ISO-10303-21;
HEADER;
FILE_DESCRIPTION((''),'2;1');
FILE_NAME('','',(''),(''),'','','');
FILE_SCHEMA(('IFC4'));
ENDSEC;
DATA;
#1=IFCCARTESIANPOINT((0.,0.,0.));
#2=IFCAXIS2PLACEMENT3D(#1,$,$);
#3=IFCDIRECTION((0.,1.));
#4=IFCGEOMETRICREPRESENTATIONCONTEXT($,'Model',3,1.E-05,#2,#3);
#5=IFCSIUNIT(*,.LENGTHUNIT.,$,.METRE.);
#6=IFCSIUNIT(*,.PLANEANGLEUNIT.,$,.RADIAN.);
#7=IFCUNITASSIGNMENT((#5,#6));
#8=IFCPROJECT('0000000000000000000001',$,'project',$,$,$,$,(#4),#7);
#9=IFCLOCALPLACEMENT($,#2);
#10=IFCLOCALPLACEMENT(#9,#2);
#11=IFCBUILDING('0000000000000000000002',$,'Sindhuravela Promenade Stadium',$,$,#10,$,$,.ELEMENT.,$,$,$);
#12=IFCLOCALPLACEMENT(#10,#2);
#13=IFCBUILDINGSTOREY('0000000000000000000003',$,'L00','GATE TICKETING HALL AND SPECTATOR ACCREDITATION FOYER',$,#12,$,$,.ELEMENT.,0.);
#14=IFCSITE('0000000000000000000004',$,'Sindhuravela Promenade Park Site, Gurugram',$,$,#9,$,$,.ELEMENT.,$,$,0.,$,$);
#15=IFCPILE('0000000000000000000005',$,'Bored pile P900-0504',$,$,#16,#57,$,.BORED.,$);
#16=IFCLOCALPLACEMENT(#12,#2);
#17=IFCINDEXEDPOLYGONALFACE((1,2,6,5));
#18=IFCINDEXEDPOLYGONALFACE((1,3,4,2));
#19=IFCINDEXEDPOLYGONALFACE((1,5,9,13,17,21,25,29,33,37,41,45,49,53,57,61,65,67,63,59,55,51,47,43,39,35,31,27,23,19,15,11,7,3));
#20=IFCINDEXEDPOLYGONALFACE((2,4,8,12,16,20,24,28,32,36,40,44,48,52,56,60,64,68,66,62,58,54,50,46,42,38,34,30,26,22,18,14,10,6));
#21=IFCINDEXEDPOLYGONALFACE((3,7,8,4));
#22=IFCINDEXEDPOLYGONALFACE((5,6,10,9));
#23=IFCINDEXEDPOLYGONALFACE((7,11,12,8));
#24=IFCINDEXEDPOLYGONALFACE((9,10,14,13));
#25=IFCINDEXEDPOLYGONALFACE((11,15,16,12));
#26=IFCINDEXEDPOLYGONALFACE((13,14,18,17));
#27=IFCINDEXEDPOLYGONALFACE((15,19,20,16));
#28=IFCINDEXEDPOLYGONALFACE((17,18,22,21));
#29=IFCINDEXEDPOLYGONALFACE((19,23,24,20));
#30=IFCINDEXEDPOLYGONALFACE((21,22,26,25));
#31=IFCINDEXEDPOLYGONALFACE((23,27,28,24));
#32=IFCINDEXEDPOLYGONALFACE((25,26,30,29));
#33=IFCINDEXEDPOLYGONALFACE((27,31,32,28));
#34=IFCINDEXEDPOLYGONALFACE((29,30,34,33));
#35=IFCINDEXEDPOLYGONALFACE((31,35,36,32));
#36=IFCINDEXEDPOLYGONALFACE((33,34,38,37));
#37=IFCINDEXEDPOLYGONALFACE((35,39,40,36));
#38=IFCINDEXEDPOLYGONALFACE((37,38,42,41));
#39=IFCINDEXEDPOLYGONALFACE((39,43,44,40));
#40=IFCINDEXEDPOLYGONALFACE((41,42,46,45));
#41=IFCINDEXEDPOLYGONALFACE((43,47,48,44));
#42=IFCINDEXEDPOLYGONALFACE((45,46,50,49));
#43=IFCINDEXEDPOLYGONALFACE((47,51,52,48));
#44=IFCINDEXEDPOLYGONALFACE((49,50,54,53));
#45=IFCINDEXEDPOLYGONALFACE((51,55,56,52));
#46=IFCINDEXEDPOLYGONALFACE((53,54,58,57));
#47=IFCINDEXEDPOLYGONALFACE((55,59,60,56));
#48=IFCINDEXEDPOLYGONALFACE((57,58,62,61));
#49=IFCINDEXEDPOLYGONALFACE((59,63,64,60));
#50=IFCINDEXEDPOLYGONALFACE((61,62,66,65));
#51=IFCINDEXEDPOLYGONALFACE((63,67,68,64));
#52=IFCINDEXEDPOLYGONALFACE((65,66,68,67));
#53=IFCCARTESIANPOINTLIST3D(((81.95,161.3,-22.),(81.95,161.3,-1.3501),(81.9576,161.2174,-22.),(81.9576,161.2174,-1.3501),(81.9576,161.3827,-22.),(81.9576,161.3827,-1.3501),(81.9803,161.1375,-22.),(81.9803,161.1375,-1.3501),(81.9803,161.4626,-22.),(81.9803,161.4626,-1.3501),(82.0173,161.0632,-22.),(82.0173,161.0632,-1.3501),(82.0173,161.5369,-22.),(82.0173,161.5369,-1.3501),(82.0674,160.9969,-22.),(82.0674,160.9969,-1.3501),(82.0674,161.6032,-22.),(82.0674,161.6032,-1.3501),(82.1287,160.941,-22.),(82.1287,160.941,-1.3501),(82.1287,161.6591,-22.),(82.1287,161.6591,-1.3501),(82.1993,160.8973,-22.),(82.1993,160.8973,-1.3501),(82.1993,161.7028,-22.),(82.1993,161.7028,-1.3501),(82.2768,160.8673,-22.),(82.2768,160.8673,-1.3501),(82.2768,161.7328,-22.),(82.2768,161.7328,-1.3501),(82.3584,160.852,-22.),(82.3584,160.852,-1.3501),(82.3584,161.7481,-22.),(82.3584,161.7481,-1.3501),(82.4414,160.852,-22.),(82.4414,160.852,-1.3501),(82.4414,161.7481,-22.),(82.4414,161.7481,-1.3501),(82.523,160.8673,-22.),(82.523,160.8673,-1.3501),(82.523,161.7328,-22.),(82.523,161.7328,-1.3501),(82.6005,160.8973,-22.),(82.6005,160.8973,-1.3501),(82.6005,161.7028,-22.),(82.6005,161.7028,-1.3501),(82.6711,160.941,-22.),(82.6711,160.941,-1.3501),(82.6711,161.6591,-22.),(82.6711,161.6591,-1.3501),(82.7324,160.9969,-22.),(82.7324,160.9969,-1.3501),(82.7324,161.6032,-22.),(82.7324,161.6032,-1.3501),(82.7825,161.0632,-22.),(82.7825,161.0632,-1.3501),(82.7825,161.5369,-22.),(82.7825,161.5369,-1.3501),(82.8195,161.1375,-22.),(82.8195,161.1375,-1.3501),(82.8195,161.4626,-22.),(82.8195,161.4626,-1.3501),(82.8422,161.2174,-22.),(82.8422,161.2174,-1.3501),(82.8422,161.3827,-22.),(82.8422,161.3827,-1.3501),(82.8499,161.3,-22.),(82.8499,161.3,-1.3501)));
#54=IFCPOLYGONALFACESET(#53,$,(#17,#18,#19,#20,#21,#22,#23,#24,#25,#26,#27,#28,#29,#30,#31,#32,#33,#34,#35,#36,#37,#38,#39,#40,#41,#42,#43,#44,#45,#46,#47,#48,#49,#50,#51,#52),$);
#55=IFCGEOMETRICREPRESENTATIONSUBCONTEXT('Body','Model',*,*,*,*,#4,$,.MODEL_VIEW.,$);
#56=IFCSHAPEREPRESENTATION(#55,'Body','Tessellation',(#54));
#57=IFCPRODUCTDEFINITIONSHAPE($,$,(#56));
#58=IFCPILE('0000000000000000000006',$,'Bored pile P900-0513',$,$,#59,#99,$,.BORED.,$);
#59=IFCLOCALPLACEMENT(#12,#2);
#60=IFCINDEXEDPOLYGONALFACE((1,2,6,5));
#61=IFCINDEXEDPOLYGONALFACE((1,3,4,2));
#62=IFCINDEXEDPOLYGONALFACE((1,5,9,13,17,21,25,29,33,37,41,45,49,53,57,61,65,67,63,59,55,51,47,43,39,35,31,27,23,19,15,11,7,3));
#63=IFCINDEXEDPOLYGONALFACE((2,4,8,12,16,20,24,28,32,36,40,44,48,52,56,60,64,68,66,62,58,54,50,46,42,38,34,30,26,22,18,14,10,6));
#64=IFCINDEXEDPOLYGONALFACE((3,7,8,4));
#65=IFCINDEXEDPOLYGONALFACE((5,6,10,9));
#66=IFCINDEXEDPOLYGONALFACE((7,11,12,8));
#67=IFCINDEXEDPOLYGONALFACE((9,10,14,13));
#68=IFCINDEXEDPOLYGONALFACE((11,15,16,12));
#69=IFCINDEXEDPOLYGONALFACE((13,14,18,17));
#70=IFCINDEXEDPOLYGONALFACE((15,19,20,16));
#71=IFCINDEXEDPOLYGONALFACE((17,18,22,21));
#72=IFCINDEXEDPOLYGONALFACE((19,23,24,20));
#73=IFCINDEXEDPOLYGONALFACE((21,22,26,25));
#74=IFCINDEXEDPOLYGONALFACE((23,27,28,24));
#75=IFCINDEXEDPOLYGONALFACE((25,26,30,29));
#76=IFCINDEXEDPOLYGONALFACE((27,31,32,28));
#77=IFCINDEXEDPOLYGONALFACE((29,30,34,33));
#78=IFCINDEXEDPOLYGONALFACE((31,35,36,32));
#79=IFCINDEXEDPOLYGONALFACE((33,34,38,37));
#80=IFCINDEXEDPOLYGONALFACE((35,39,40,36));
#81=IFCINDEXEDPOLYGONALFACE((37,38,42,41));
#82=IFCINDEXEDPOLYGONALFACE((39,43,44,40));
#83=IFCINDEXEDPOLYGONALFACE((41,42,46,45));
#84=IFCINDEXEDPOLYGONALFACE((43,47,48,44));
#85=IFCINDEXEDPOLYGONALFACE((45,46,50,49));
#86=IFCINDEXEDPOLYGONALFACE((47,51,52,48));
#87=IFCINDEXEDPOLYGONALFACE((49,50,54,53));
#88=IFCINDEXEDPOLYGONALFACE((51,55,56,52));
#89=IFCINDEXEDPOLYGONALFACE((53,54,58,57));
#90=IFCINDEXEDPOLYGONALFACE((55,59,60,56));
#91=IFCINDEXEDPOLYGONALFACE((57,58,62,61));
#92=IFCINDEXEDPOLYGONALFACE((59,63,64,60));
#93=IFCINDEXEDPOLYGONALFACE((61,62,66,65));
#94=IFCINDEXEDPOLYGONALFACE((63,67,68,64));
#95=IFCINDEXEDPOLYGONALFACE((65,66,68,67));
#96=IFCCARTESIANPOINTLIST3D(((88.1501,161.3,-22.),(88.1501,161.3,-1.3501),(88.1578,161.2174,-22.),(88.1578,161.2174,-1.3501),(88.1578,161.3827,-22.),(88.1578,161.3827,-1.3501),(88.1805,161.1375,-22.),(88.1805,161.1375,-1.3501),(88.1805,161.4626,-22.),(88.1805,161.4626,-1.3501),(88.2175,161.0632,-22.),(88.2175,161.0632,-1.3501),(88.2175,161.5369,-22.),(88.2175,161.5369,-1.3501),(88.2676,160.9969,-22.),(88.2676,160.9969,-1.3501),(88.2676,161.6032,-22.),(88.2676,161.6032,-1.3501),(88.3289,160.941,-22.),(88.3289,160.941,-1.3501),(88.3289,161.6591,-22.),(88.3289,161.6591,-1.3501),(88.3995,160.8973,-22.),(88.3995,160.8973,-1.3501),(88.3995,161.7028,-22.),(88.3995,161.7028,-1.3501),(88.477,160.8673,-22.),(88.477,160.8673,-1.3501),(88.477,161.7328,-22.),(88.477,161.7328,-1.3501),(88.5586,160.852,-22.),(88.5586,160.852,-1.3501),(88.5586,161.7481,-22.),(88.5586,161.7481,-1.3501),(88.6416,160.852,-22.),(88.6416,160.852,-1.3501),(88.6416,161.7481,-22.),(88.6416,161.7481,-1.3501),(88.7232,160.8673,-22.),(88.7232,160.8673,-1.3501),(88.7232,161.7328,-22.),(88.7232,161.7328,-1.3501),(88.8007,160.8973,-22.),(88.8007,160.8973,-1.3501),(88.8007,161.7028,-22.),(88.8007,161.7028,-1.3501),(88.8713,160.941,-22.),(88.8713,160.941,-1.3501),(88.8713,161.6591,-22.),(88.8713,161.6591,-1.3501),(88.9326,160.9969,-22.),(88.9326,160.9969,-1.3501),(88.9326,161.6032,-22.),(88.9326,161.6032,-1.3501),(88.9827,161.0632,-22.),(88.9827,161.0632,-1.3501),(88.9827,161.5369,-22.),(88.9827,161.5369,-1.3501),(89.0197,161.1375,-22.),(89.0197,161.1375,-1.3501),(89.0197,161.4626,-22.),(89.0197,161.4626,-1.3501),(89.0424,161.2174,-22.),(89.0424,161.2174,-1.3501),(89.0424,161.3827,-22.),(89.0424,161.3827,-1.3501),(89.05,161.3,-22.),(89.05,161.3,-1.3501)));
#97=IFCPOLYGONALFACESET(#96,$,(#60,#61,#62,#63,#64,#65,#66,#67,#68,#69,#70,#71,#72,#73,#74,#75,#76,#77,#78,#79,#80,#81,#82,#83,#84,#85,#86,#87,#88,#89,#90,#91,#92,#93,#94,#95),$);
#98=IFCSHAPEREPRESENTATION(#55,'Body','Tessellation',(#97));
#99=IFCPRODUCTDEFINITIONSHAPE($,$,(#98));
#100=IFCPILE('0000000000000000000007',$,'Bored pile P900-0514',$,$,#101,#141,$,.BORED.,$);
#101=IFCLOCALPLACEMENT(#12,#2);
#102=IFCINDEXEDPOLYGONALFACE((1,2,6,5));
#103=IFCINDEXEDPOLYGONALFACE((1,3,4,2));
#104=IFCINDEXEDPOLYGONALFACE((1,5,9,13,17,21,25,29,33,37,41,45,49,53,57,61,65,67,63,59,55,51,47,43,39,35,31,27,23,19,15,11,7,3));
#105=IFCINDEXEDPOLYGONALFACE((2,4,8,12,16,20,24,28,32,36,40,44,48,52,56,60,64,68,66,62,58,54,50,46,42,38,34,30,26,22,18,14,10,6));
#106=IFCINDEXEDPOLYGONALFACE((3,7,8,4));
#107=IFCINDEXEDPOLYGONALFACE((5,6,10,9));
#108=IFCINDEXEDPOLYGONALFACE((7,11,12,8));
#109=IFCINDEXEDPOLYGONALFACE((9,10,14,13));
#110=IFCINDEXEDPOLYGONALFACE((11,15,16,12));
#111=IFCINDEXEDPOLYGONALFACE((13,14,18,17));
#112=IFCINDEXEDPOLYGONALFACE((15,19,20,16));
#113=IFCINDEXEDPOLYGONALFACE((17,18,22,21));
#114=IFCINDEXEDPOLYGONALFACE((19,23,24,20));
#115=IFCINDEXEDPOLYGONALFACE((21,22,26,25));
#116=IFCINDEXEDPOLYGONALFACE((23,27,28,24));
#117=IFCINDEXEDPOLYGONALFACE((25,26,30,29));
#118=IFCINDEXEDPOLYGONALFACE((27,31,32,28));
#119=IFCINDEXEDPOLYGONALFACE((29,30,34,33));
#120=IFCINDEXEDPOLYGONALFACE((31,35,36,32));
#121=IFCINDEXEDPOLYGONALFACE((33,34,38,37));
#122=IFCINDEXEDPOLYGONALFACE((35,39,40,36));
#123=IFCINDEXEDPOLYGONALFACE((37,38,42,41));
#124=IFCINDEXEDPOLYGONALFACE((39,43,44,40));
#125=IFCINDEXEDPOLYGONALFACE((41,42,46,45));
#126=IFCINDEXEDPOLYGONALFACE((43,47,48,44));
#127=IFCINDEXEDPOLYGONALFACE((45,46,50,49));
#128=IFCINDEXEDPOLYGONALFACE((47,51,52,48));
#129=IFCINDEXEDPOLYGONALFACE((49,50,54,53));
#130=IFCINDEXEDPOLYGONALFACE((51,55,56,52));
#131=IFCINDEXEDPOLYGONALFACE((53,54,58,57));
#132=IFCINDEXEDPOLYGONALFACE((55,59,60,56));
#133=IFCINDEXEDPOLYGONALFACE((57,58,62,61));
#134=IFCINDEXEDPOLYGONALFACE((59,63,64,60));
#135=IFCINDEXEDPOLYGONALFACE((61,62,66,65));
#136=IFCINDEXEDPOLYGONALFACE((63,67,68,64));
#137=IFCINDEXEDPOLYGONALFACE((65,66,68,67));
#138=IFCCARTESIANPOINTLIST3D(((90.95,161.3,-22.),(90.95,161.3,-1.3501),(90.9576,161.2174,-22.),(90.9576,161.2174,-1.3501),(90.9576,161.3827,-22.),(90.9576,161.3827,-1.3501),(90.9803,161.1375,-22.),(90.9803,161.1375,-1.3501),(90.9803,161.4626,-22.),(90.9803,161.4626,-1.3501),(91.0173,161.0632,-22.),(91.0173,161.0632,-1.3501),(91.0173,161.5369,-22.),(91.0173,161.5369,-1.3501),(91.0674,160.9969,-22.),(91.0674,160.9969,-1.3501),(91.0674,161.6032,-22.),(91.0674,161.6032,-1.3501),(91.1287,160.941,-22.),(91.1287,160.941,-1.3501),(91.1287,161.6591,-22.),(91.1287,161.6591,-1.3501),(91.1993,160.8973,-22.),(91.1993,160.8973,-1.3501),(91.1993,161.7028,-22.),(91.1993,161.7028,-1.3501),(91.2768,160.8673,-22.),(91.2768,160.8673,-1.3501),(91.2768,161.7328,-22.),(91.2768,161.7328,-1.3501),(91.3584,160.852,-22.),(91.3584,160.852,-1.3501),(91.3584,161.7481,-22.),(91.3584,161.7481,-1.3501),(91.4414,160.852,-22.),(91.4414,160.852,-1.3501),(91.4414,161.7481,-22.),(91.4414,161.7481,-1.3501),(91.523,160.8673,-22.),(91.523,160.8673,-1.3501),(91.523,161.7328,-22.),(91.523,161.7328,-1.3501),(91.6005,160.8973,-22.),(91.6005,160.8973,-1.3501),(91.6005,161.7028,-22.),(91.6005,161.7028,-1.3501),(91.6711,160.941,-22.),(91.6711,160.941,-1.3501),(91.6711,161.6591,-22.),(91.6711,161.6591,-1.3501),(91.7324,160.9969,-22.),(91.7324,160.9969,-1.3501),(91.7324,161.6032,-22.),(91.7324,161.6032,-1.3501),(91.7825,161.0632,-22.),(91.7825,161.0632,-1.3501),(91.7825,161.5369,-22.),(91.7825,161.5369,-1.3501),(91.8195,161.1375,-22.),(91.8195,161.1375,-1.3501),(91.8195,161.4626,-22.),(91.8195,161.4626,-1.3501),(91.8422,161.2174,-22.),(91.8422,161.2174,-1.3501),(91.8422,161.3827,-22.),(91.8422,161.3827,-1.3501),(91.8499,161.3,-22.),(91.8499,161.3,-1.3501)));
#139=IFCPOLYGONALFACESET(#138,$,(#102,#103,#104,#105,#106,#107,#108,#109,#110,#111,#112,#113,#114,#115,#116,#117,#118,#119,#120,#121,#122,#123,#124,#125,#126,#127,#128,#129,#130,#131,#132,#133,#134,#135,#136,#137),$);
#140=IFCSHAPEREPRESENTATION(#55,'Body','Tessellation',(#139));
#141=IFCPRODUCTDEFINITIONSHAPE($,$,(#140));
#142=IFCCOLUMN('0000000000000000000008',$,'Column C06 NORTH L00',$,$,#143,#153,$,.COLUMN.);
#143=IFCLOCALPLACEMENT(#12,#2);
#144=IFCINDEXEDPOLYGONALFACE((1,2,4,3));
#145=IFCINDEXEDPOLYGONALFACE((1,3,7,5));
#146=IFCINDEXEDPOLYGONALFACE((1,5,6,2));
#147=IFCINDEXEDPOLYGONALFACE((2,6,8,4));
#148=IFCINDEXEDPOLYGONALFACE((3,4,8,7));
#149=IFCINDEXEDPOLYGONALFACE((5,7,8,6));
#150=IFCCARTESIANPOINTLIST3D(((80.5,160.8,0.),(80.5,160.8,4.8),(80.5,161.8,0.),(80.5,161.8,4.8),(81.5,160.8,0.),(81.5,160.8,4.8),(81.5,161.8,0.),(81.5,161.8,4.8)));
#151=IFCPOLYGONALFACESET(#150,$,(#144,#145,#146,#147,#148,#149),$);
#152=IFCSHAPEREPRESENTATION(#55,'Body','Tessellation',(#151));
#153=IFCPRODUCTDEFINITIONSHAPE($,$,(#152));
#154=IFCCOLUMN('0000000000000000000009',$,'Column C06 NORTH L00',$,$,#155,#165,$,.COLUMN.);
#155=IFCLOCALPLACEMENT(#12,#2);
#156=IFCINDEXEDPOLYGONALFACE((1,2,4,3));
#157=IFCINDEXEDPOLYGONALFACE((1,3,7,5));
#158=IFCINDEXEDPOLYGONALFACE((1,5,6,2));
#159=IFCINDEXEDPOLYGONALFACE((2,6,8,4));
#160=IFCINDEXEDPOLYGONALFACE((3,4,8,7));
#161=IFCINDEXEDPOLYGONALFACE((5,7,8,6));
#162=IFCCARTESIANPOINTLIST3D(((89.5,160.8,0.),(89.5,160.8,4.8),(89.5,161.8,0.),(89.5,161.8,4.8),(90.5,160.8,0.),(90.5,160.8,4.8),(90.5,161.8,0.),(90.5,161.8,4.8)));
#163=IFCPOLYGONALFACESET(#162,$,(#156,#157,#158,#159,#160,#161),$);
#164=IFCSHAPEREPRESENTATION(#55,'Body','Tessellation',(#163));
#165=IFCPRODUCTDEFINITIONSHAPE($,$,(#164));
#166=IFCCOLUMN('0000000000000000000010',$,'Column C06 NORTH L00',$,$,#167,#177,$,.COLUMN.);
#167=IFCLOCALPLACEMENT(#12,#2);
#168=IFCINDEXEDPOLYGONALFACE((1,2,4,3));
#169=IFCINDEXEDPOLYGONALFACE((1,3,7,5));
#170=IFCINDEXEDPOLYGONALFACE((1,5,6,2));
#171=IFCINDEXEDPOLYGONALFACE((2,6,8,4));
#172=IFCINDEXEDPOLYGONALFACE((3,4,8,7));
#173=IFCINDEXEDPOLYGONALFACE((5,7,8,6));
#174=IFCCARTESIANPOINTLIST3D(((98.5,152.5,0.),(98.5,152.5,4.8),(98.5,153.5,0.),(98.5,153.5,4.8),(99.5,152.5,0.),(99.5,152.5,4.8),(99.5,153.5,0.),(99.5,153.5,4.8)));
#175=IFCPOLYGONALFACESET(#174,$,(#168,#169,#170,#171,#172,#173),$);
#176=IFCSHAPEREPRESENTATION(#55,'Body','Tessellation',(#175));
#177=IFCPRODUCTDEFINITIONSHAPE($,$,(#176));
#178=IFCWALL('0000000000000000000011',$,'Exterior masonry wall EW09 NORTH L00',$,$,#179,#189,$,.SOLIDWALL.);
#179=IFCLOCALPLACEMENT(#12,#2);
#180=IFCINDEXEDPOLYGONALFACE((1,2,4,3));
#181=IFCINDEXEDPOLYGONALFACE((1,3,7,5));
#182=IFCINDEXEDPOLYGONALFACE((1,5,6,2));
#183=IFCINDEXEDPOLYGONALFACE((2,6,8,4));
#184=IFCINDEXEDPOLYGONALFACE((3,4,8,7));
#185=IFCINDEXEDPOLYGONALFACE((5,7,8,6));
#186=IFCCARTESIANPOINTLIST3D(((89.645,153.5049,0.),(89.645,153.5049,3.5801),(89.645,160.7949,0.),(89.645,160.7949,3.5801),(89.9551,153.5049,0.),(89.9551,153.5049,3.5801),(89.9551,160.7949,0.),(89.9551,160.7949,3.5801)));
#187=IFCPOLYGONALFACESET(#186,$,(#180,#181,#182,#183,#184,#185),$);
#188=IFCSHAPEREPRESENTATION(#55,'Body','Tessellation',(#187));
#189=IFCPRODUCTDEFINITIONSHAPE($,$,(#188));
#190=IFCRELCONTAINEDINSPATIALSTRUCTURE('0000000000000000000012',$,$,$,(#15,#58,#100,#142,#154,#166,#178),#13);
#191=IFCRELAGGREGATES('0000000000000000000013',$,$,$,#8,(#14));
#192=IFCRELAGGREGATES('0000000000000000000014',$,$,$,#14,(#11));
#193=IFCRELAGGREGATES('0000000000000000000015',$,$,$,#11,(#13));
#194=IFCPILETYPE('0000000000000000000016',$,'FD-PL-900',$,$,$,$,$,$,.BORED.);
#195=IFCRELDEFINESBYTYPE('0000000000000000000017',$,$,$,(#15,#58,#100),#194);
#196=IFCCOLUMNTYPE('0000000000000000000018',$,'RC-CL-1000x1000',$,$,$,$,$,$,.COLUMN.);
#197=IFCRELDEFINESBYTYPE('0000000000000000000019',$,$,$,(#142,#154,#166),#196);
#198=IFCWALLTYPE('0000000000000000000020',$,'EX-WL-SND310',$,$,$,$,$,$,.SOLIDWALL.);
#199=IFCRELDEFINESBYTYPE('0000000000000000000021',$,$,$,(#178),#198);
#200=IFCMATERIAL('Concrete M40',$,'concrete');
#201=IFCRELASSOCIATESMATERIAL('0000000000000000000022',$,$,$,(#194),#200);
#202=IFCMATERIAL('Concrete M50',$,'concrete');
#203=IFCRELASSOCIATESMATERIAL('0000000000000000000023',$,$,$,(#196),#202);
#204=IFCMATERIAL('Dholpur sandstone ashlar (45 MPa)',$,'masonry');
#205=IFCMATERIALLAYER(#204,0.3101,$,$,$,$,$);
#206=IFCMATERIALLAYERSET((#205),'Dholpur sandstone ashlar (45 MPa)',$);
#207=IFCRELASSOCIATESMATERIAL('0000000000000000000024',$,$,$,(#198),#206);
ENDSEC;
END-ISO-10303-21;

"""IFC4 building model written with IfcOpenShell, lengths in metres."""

from ifc_helpers import new_model, si_unit, direction, frame, frame_2d, origin, origin_2d, place, context, subcontext, project, spatial, rectangle, circle, extrude, material, layer, layer_set, material_profile, profile_set, type_object, element, save


model = new_model("IFC4")

# Units and contexts
model_context = context("Model", 3, precision=1e-05, world=origin(), true_north=direction((0.0, 1.0)))
body_context = subcontext(model_context, "Body", "Model", "MODEL_VIEW")
ifc_project = project(units=[si_unit("LENGTHUNIT", "METRE"), si_unit("PLANEANGLEUNIT", "RADIAN")], contexts=[model_context])

# Site, building, storey
site_placement = place(None, origin())
site = spatial("IfcSite", under=ifc_project, at=site_placement, Name="Sindhuravela Promenade Park Site, Gurugram", CompositionType="ELEMENT", RefElevation=0.0)
building_placement = place(site_placement, origin())
building = spatial("IfcBuilding", under=site, at=building_placement, Name="Sindhuravela Promenade Stadium", CompositionType="ELEMENT")
storey_placement = place(building_placement, origin())
storey = spatial("IfcBuildingStorey", under=building, at=storey_placement, Name="L00", Description="GATE TICKETING HALL AND SPECTATOR ACCREDITATION FOYER", CompositionType="ELEMENT", Elevation=0.0)

# Shared definitions
ifc_material_1 = material(Name="Concrete M50", Category="concrete")

# Piles
ifc_material_2 = material(Name="Concrete M40", Category="concrete")
ifc_material_profile_1 = material_profile(ifc_material_2, circle(Radius=0.45, at=origin_2d()), Name="BORED PILE D900")
ifc_profile_set_1 = profile_set([ifc_material_profile_1], Name="Concrete M40")
pile_type_1 = type_object("IfcPileType", Name="FD-PL-900", PredefinedType="BORED", material=ifc_profile_set_1)
for number, where, z_axis, x_axis, name in (
    (1, (82.3999, 161.3, -1.3501), (0.0, 0.0, -1.0), (1.0, 0.0, 0.0), "Bored pile P900-0504"),
    (2, (88.6001, 161.3, -1.3501), (0.0, 0.0, -1.0), (1.0, 0.0, 0.0), "Bored pile P900-0513"),
    (3, (91.3999, 161.3, -1.3501), (0.0, 0.0, -1.0), (1.0, 0.0, 0.0), "Bored pile P900-0514"),
):
    element("IfcPile", number, at=place(storey_placement, frame(where, z_axis=z_axis, x_axis=x_axis)), inside=storey, type_object=pile_type_1, Name=name, PredefinedType="BORED", context=body_context, shape_type="SweptSolid", body=[
        extrude(circle(Radius=0.45, at=origin_2d()), origin(), (0.0, 0.0, 1.0), 20.6499),
    ])

# Columns
ifc_material_profile_2 = material_profile(ifc_material_1, rectangle(XDim=1.0, YDim=1.0, at=origin_2d()), Name="RC 1000x1000")
ifc_profile_set_2 = profile_set([ifc_material_profile_2], Name="Concrete M50")
column_type = type_object("IfcColumnType", Name="RC-CL-1000x1000", PredefinedType="COLUMN", material=ifc_profile_set_2)
for number, where, z_axis, x_axis, name in (
    (4, (81.0, 161.3, 0.0), (0.0, 0.0, 1.0), (1.0, 0.0, 0.0), "Column C06 NORTH L00"),
    (5, (90.0, 161.3, 0.0), (0.0, 0.0, 1.0), (1.0, 0.0, 0.0), "Column C06 NORTH L00"),
    (6, (99.0, 153.0, 0.0), (0.0, 0.0, 1.0), (1.0, 0.0, 0.0), "Column C06 NORTH L00"),
):
    element("IfcColumn", number, at=place(storey_placement, frame(where, z_axis=z_axis, x_axis=x_axis)), inside=storey, type_object=column_type, Name=name, PredefinedType="COLUMN", context=body_context, shape_type="SweptSolid", body=[
        extrude(rectangle(XDim=1.0, YDim=1.0, at=origin_2d()), origin(), (0.0, 0.0, 1.0), 4.8),
    ])

# Wall
ifc_material_3 = material(Name="Dholpur sandstone ashlar (45 MPa)", Category="masonry")
ifc_layer_1 = layer(ifc_material_3, 0.3101)
ifc_layer_set_1 = layer_set([ifc_layer_1], Name="Dholpur sandstone ashlar (45 MPa)")
wall_type_1 = type_object("IfcWallType", Name="EX-WL-SND310", PredefinedType="SOLIDWALL", material=ifc_layer_set_1)
wall_1_placement = place(storey_placement, frame((89.8, 160.7949, 0.0), z_axis=(0.0, 0.0, 1.0), x_axis=(0.0, -1.0, 0.0)))
element("IfcWall", 7, at=wall_1_placement, inside=storey, type_object=wall_type_1, Name="Exterior masonry wall EW09 NORTH L00", PredefinedType="SOLIDWALL", context=body_context, shape_type="SweptSolid", body=[
    extrude(rectangle(XDim=7.29, YDim=0.3101, at=frame_2d((3.645, 0.0))), origin(), (0.0, 0.0, 1.0), 3.5801),
])

save(model, "model.ifc")
